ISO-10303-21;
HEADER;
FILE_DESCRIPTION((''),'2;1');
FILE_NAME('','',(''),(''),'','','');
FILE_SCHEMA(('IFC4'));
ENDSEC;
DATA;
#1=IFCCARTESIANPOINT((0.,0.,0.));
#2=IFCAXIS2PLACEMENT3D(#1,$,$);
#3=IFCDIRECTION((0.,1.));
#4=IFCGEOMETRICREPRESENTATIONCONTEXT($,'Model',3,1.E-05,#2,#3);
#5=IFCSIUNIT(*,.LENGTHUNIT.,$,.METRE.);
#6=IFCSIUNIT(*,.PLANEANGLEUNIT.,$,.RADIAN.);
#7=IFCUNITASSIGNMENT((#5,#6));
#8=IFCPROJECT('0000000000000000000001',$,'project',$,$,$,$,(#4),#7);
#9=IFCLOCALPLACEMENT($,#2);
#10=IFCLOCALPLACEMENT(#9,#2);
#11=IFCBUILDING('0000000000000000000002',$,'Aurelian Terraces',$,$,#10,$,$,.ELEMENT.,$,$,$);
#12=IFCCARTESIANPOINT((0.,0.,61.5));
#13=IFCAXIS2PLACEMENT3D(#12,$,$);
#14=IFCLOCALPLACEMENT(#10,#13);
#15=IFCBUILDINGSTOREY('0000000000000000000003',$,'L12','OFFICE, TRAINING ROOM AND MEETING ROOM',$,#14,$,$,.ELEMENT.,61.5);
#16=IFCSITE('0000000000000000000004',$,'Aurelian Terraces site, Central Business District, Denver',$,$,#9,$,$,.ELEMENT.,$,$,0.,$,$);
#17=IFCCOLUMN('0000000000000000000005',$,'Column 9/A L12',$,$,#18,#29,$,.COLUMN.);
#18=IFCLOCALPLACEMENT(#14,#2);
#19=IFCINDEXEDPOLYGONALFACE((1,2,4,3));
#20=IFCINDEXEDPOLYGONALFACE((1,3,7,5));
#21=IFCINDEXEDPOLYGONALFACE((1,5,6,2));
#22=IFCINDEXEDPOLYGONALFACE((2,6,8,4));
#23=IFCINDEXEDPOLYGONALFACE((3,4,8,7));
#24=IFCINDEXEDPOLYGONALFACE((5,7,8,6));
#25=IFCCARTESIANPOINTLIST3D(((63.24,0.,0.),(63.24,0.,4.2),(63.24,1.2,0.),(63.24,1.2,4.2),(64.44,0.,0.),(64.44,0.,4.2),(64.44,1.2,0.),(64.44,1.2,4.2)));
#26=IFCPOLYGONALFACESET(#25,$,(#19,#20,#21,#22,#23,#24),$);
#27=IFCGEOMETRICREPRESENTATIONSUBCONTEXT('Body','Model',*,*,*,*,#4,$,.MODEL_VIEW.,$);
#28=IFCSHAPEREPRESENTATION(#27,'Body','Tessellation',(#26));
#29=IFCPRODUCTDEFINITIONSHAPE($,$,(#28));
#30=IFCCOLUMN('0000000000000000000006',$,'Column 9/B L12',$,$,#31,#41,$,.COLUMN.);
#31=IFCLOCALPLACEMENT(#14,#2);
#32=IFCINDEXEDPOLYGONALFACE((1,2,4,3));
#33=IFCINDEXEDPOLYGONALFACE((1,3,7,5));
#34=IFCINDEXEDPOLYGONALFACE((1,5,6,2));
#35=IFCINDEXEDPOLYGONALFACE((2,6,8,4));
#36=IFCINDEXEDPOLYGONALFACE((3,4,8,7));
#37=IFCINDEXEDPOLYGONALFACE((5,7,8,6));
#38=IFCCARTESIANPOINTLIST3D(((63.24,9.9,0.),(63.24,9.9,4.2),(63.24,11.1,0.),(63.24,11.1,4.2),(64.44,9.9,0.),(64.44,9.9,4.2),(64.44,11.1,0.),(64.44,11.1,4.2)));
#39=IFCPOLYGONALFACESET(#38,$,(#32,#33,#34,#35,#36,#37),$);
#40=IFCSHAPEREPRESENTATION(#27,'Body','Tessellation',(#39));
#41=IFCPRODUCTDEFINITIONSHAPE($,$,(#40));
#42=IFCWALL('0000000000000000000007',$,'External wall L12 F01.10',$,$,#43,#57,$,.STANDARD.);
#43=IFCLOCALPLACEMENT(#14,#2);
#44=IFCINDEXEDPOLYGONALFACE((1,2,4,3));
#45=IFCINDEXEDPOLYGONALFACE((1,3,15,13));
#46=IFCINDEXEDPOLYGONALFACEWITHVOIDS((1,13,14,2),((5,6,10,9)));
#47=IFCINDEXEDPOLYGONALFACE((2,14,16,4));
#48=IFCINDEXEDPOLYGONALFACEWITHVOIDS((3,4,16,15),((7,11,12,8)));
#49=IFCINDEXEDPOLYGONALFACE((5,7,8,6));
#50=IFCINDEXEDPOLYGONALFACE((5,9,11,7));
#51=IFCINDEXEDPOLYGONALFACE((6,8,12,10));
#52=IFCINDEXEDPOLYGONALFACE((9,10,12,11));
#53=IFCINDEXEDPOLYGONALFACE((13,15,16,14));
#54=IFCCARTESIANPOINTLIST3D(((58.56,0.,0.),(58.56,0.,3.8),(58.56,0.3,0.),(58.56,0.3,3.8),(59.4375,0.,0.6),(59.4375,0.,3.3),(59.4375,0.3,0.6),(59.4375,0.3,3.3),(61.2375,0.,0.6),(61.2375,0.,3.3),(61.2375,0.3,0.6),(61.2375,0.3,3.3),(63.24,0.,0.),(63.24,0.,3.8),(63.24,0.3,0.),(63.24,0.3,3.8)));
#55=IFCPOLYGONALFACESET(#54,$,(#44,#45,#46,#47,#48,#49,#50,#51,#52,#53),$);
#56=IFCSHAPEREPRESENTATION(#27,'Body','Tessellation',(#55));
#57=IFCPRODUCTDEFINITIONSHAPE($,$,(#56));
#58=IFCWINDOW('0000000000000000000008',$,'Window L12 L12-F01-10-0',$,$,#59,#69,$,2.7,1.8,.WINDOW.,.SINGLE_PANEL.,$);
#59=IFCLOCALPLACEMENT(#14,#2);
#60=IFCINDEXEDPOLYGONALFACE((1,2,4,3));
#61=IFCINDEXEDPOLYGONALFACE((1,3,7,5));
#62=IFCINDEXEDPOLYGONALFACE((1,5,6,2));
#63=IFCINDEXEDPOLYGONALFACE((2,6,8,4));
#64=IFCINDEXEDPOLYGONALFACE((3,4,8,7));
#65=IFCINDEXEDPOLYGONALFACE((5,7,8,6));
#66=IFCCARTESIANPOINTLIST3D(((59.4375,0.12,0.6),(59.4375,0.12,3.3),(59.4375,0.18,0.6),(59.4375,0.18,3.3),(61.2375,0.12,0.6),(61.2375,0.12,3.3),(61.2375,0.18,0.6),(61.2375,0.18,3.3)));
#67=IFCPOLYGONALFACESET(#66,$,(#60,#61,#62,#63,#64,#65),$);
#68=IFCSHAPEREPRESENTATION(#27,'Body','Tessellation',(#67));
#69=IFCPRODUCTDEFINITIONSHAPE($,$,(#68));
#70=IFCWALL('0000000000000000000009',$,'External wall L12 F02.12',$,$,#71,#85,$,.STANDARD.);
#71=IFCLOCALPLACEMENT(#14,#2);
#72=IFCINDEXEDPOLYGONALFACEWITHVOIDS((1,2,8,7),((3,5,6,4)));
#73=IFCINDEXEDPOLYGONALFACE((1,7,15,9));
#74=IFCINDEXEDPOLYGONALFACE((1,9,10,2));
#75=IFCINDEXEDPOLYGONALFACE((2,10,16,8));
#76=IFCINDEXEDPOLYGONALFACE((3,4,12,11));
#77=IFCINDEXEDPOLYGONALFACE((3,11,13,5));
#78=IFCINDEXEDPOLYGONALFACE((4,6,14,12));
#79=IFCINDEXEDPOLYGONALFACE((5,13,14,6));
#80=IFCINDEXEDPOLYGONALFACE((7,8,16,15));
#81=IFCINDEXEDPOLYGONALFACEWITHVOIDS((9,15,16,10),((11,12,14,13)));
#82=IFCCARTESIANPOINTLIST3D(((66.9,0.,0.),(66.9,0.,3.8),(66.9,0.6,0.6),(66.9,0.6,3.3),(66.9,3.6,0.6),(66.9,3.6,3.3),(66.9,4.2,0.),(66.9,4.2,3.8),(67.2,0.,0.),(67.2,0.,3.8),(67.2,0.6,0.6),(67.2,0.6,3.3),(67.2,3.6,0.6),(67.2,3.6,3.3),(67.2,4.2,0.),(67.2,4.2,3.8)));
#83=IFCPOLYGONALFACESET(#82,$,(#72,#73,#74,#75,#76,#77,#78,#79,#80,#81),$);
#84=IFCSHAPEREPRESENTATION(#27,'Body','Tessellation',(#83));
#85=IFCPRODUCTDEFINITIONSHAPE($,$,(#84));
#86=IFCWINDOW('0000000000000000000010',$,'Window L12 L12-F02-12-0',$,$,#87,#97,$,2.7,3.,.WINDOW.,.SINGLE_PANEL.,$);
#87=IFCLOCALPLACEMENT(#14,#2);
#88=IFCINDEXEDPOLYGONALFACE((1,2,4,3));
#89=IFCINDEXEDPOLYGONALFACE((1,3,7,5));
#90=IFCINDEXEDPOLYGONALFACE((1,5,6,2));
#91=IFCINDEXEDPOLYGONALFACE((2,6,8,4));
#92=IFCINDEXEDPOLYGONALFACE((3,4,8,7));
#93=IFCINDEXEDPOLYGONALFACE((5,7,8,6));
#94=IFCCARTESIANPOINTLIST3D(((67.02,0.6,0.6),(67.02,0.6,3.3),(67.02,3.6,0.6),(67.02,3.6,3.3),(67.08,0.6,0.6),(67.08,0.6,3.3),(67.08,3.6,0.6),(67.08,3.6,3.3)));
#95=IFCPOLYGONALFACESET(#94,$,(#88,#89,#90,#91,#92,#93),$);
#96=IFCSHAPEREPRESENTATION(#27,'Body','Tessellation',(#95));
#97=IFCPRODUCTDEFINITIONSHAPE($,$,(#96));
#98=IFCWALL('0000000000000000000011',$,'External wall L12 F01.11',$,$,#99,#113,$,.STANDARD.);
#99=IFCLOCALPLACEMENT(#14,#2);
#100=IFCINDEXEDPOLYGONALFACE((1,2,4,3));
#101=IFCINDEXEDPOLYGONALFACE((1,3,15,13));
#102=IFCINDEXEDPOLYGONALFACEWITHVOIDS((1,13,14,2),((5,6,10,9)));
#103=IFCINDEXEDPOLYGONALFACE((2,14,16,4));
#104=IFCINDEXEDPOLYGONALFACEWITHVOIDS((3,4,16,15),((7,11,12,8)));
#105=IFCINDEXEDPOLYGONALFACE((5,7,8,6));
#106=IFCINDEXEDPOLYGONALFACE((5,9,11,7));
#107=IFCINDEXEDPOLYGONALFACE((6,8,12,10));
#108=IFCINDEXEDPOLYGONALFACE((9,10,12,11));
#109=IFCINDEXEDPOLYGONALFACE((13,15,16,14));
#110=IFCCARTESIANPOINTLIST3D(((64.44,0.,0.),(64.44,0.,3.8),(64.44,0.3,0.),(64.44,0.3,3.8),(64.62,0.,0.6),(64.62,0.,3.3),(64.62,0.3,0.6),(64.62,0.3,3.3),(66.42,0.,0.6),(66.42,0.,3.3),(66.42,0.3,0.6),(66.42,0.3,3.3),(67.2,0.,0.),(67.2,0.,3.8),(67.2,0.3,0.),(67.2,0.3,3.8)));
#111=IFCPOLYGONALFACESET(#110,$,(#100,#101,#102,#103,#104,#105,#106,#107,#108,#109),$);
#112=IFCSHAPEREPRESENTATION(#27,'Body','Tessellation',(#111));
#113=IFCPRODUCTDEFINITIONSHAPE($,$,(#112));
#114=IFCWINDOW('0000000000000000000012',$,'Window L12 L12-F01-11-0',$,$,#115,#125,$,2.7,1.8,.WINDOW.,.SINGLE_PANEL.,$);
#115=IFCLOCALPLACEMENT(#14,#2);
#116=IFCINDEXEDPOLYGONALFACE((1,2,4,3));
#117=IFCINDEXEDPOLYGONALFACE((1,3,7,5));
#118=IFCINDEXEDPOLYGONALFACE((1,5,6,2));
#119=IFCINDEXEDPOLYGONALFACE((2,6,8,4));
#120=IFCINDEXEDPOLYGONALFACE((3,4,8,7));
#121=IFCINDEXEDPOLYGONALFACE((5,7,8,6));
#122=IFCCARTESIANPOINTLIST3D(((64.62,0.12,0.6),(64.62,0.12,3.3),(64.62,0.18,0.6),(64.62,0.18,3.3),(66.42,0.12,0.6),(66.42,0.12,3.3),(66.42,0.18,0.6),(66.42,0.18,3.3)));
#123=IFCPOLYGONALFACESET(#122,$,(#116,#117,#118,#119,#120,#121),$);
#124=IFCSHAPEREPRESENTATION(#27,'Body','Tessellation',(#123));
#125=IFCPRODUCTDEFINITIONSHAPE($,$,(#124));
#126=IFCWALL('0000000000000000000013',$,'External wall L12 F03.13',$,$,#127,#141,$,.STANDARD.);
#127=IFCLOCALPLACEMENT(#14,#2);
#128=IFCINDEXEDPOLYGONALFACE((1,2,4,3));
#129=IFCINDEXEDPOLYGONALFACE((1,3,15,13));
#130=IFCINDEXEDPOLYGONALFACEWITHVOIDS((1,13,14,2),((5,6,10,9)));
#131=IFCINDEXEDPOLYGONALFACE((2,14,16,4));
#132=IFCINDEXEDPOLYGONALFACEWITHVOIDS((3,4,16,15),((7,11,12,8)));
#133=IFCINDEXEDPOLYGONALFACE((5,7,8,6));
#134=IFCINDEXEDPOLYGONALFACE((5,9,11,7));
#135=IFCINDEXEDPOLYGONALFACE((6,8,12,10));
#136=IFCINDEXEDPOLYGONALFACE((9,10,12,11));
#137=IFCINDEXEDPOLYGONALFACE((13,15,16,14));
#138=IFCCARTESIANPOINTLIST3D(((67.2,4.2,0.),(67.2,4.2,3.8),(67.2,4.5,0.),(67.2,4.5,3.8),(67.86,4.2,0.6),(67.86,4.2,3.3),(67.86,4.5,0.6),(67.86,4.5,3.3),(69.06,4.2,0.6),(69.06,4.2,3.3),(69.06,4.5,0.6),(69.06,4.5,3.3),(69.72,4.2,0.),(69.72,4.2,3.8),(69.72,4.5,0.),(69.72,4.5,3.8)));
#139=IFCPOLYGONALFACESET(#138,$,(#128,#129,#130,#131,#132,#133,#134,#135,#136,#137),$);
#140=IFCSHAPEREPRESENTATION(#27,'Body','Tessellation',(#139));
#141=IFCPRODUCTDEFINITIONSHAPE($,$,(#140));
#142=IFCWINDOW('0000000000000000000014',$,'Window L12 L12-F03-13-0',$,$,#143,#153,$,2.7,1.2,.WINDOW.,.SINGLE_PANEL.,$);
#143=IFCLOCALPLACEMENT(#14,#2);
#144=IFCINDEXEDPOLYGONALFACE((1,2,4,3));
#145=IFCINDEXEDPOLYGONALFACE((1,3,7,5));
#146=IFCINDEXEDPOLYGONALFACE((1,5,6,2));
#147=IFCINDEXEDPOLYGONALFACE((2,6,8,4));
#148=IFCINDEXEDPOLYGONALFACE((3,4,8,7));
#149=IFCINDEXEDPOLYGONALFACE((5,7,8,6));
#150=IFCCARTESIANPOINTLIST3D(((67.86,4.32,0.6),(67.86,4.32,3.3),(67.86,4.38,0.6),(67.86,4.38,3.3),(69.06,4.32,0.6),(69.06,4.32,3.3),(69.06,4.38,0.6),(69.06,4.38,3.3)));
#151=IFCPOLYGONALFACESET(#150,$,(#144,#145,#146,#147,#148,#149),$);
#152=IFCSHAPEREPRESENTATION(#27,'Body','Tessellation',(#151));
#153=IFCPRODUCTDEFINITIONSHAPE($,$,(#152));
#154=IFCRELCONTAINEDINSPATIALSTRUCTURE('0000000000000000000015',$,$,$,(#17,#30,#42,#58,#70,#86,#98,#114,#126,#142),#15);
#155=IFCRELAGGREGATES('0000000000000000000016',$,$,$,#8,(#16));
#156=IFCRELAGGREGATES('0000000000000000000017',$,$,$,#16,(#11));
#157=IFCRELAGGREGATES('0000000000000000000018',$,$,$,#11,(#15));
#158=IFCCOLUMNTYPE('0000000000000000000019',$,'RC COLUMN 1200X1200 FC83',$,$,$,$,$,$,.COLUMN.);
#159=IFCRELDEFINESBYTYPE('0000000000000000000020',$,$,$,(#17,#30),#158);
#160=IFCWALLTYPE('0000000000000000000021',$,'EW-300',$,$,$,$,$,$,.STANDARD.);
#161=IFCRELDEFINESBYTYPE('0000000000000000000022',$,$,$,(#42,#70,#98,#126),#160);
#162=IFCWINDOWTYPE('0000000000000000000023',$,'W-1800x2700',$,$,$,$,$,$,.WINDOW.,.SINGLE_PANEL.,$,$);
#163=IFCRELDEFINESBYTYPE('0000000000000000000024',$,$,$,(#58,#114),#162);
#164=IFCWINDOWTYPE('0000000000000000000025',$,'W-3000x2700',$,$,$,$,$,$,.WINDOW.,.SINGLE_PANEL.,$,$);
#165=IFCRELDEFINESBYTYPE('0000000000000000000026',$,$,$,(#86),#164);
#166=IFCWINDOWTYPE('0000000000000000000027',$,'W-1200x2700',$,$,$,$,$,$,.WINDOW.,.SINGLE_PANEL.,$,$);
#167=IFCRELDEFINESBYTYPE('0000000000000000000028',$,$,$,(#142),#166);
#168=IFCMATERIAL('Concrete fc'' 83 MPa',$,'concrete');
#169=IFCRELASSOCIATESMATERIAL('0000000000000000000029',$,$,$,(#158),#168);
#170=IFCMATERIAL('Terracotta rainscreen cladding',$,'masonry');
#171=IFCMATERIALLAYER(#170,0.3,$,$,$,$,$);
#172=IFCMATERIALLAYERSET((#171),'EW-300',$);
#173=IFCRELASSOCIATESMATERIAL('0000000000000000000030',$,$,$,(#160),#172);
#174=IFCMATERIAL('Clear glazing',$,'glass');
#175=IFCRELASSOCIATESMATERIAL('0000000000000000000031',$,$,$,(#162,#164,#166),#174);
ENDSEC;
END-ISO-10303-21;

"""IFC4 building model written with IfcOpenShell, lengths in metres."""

from ifc_helpers import new_model, si_unit, direction, frame, frame_2d, origin, origin_2d, place, context, subcontext, project, spatial, rectangle, extrude, source, transform, mapped, material, layer, layer_set, material_profile, profile_set, type_object, element, fill, save


model = new_model("IFC4")

# Units and contexts
model_context = context("Model", 3, precision=1e-05, world=origin(), true_north=direction((0.0, 1.0)))
body_context = subcontext(model_context, "Body", "Model", "MODEL_VIEW")
ifc_project = project(units=[si_unit("LENGTHUNIT", "METRE"), si_unit("PLANEANGLEUNIT", "RADIAN")], contexts=[model_context])

# Site, building, storey
site_placement = place(None, origin())
site = spatial("IfcSite", under=ifc_project, at=site_placement, Name="Aurelian Terraces site, Central Business District, Denver", CompositionType="ELEMENT", RefElevation=0.0)
building_placement = place(site_placement, origin())
building = spatial("IfcBuilding", under=site, at=building_placement, Name="Aurelian Terraces", CompositionType="ELEMENT")
storey_placement = place(building_placement, frame((0.0, 0.0, 61.5)))
storey = spatial("IfcBuildingStorey", under=building, at=storey_placement, Name="L12", Description="OFFICE, TRAINING ROOM AND MEETING ROOM", CompositionType="ELEMENT", Elevation=61.5)

# Columns
ifc_material_1 = material(Name="Concrete fc' 83 MPa", Category="concrete")
ifc_material_profile = material_profile(ifc_material_1, rectangle(XDim=1.2, YDim=1.2, at=origin_2d()))
ifc_profile_set = profile_set([ifc_material_profile], Name="Concrete fc' 83 MPa")
column_type = type_object("IfcColumnType", Name="RC COLUMN 1200X1200 FC83", PredefinedType="COLUMN", material=ifc_profile_set)
shared_shape_1 = source(origin(), body_context, "Body", "SweptSolid", [
    extrude(rectangle(XDim=1.2, YDim=1.2, at=origin_2d()), origin(), (0.0, 0.0, 1.0), 4.2),
])
for number, where, z_axis, x_axis, name in (
    (1, (63.84, 0.6, 0.0), (0.0, 0.0, 1.0), (1.0, 0.0, 0.0), "Column 9/A L12"),
    (2, (63.84, 10.5, 0.0), (0.0, 0.0, 1.0), (1.0, 0.0, 0.0), "Column 9/B L12"),
):
    element("IfcColumn", number, at=place(storey_placement, frame(where, z_axis=z_axis, x_axis=x_axis)), inside=storey, type_object=column_type, Name=name, PredefinedType="COLUMN", context=body_context, shape_type="MappedRepresentation", body=[
        mapped(shared_shape_1, transform((0.0, 0.0, 0.0), scale=1.0)),
    ])

# Walls, openings, windows
ifc_material_2 = material(Name="Terracotta rainscreen cladding", Category="masonry")
ifc_layer_1 = layer(ifc_material_2, 0.3)
ifc_layer_set_1 = layer_set([ifc_layer_1], Name="EW-300")
wall_type_1 = type_object("IfcWallType", Name="EW-300", PredefinedType="STANDARD", material=ifc_layer_set_1)
shared_shape_2 = source(origin(), body_context, "Body", "SweptSolid", [
    extrude(rectangle(XDim=4.68, YDim=0.3, at=frame_2d((2.34, 0.0))), origin(), (0.0, 0.0, 1.0), 3.8),
])
wall_1_placement = place(storey_placement, frame((58.56, 0.15, 0.0), z_axis=(0.0, 0.0, 1.0), x_axis=(1.0, 0.0, 0.0)))
wall_1 = element("IfcWall", 3, at=wall_1_placement, inside=storey, type_object=wall_type_1, Name="External wall L12 F01.10", PredefinedType="STANDARD", context=body_context, shape_type="MappedRepresentation", body=[
    mapped(shared_shape_2, transform((0.0, 0.0, 0.0), scale=1.0)),
])
shared_shape_3 = source(origin(), body_context, "Body", "SweptSolid", [
    extrude(rectangle(XDim=1.8, YDim=2.7, at=frame_2d((0.9, 1.35))), frame((0.0, 0.16, 0.0), z_axis=(0.0, -1.0, 0.0), x_axis=(1.0, 0.0, 0.0)), (0.0, 0.0, 1.0), 0.32),
])
opening_1_placement = place(wall_1_placement, frame((0.8775, 0.0, 0.6)))
opening_1 = element("IfcOpeningElement", 4, at=opening_1_placement, cuts=wall_1, PredefinedType="OPENING", context=body_context, shape_type="MappedRepresentation", body=[
    mapped(shared_shape_3, transform((0.0, 0.0, 0.0), scale=1.0)),
])
ifc_material_3 = material(Name="Clear glazing", Category="glass")
window_type_1 = type_object("IfcWindowType", Name="W-1800x2700", PartitioningType="SINGLE_PANEL", PredefinedType="WINDOW", material=ifc_material_3)
shared_shape_4 = source(origin(), body_context, "Body", "SweptSolid", [
    extrude(rectangle(XDim=1.8, YDim=2.7, at=frame_2d((0.9, 1.35))), frame((0.0, 0.03, 0.0), z_axis=(0.0, -1.0, 0.0), x_axis=(1.0, 0.0, 0.0)), (0.0, 0.0, 1.0), 0.06),
])
window_1_placement = place(opening_1_placement, origin())
window_1 = element("IfcWindow", 5, at=window_1_placement, inside=storey, type_object=window_type_1, Name="Window L12 L12-F01-10-0", OverallHeight=2.7, OverallWidth=1.8, PartitioningType="SINGLE_PANEL", PredefinedType="WINDOW", context=body_context, shape_type="MappedRepresentation", body=[
    mapped(shared_shape_4, transform((0.0, 0.0, 0.0), scale=1.0)),
])
fill(opening_1, window_1)
shared_shape_5 = source(origin(), body_context, "Body", "SweptSolid", [
    extrude(rectangle(XDim=4.2, YDim=0.3, at=frame_2d((2.1, 0.0))), origin(), (0.0, 0.0, 1.0), 3.8),
])
wall_2_placement = place(storey_placement, frame((67.05, 0.0, 0.0), z_axis=(0.0, 0.0, 1.0), x_axis=(0.0, 1.0, 0.0)))
wall_2 = element("IfcWall", 6, at=wall_2_placement, inside=storey, type_object=wall_type_1, Name="External wall L12 F02.12", PredefinedType="STANDARD", context=body_context, shape_type="MappedRepresentation", body=[
    mapped(shared_shape_5, transform((0.0, 0.0, 0.0), scale=1.0)),
])
shared_shape_6 = source(origin(), body_context, "Body", "SweptSolid", [
    extrude(rectangle(XDim=3.0, YDim=2.7, at=frame_2d((1.5, 1.35))), frame((0.0, 0.16, 0.0), z_axis=(0.0, -1.0, 0.0), x_axis=(1.0, 0.0, 0.0)), (0.0, 0.0, 1.0), 0.32),
])
opening_2_placement = place(wall_2_placement, frame((0.6, 0.0, 0.6)))
opening_2 = element("IfcOpeningElement", 7, at=opening_2_placement, cuts=wall_2, PredefinedType="OPENING", context=body_context, shape_type="MappedRepresentation", body=[
    mapped(shared_shape_6, transform((0.0, 0.0, 0.0), scale=1.0)),
])
window_type_2 = type_object("IfcWindowType", Name="W-3000x2700", PartitioningType="SINGLE_PANEL", PredefinedType="WINDOW", material=ifc_material_3)
shared_shape_7 = source(origin(), body_context, "Body", "SweptSolid", [
    extrude(rectangle(XDim=3.0, YDim=2.7, at=frame_2d((1.5, 1.35))), frame((0.0, 0.03, 0.0), z_axis=(0.0, -1.0, 0.0), x_axis=(1.0, 0.0, 0.0)), (0.0, 0.0, 1.0), 0.06),
])
window_2_placement = place(opening_2_placement, origin())
window_2 = element("IfcWindow", 8, at=window_2_placement, inside=storey, type_object=window_type_2, Name="Window L12 L12-F02-12-0", OverallHeight=2.7, OverallWidth=3.0, PartitioningType="SINGLE_PANEL", PredefinedType="WINDOW", context=body_context, shape_type="MappedRepresentation", body=[
    mapped(shared_shape_7, transform((0.0, 0.0, 0.0), scale=1.0)),
])
fill(opening_2, window_2)
shared_shape_8 = source(origin(), body_context, "Body", "SweptSolid", [
    extrude(rectangle(XDim=2.76, YDim=0.3, at=frame_2d((1.38, 0.0))), origin(), (0.0, 0.0, 1.0), 3.8),
])
wall_3_placement = place(storey_placement, frame((64.44, 0.15, 0.0), z_axis=(0.0, 0.0, 1.0), x_axis=(1.0, 0.0, 0.0)))
wall_3 = element("IfcWall", 9, at=wall_3_placement, inside=storey, type_object=wall_type_1, Name="External wall L12 F01.11", PredefinedType="STANDARD", context=body_context, shape_type="MappedRepresentation", body=[
    mapped(shared_shape_8, transform((0.0, 0.0, 0.0), scale=1.0)),
])
opening_3_placement = place(wall_3_placement, frame((0.18, 0.0, 0.6)))
opening_3 = element("IfcOpeningElement", 10, at=opening_3_placement, cuts=wall_3, PredefinedType="OPENING", context=body_context, shape_type="MappedRepresentation", body=[
    mapped(shared_shape_3, transform((0.0, 0.0, 0.0), scale=1.0)),
])
window_3_placement = place(opening_3_placement, origin())
window_3 = element("IfcWindow", 11, at=window_3_placement, inside=storey, type_object=window_type_1, Name="Window L12 L12-F01-11-0", OverallHeight=2.7, OverallWidth=1.8, PartitioningType="SINGLE_PANEL", PredefinedType="WINDOW", context=body_context, shape_type="MappedRepresentation", body=[
    mapped(shared_shape_4, transform((0.0, 0.0, 0.0), scale=1.0)),
])
fill(opening_3, window_3)
shared_shape_9 = source(origin(), body_context, "Body", "SweptSolid", [
    extrude(rectangle(XDim=2.52, YDim=0.3, at=frame_2d((1.26, 0.0))), origin(), (0.0, 0.0, 1.0), 3.8),
])
wall_4_placement = place(storey_placement, frame((67.2, 4.35, 0.0), z_axis=(0.0, 0.0, 1.0), x_axis=(1.0, 0.0, 0.0)))
wall_4 = element("IfcWall", 12, at=wall_4_placement, inside=storey, type_object=wall_type_1, Name="External wall L12 F03.13", PredefinedType="STANDARD", context=body_context, shape_type="MappedRepresentation", body=[
    mapped(shared_shape_9, transform((0.0, 0.0, 0.0), scale=1.0)),
])
shared_shape_10 = source(origin(), body_context, "Body", "SweptSolid", [
    extrude(rectangle(XDim=1.2, YDim=2.7, at=frame_2d((0.6, 1.35))), frame((0.0, 0.16, 0.0), z_axis=(0.0, -1.0, 0.0), x_axis=(1.0, 0.0, 0.0)), (0.0, 0.0, 1.0), 0.32),
])
opening_4_placement = place(wall_4_placement, frame((0.66, 0.0, 0.6)))
opening_4 = element("IfcOpeningElement", 13, at=opening_4_placement, cuts=wall_4, PredefinedType="OPENING", context=body_context, shape_type="MappedRepresentation", body=[
    mapped(shared_shape_10, transform((0.0, 0.0, 0.0), scale=1.0)),
])
window_type_3 = type_object("IfcWindowType", Name="W-1200x2700", PartitioningType="SINGLE_PANEL", PredefinedType="WINDOW", material=ifc_material_3)
shared_shape_11 = source(origin(), body_context, "Body", "SweptSolid", [
    extrude(rectangle(XDim=1.2, YDim=2.7, at=frame_2d((0.6, 1.35))), frame((0.0, 0.03, 0.0), z_axis=(0.0, -1.0, 0.0), x_axis=(1.0, 0.0, 0.0)), (0.0, 0.0, 1.0), 0.06),
])
window_4_placement = place(opening_4_placement, origin())
window_4 = element("IfcWindow", 14, at=window_4_placement, inside=storey, type_object=window_type_3, Name="Window L12 L12-F03-13-0", OverallHeight=2.7, OverallWidth=1.2, PartitioningType="SINGLE_PANEL", PredefinedType="WINDOW", context=body_context, shape_type="MappedRepresentation", body=[
    mapped(shared_shape_11, transform((0.0, 0.0, 0.0), scale=1.0)),
])
fill(opening_4, window_4)

save(model, "model.ifc")
